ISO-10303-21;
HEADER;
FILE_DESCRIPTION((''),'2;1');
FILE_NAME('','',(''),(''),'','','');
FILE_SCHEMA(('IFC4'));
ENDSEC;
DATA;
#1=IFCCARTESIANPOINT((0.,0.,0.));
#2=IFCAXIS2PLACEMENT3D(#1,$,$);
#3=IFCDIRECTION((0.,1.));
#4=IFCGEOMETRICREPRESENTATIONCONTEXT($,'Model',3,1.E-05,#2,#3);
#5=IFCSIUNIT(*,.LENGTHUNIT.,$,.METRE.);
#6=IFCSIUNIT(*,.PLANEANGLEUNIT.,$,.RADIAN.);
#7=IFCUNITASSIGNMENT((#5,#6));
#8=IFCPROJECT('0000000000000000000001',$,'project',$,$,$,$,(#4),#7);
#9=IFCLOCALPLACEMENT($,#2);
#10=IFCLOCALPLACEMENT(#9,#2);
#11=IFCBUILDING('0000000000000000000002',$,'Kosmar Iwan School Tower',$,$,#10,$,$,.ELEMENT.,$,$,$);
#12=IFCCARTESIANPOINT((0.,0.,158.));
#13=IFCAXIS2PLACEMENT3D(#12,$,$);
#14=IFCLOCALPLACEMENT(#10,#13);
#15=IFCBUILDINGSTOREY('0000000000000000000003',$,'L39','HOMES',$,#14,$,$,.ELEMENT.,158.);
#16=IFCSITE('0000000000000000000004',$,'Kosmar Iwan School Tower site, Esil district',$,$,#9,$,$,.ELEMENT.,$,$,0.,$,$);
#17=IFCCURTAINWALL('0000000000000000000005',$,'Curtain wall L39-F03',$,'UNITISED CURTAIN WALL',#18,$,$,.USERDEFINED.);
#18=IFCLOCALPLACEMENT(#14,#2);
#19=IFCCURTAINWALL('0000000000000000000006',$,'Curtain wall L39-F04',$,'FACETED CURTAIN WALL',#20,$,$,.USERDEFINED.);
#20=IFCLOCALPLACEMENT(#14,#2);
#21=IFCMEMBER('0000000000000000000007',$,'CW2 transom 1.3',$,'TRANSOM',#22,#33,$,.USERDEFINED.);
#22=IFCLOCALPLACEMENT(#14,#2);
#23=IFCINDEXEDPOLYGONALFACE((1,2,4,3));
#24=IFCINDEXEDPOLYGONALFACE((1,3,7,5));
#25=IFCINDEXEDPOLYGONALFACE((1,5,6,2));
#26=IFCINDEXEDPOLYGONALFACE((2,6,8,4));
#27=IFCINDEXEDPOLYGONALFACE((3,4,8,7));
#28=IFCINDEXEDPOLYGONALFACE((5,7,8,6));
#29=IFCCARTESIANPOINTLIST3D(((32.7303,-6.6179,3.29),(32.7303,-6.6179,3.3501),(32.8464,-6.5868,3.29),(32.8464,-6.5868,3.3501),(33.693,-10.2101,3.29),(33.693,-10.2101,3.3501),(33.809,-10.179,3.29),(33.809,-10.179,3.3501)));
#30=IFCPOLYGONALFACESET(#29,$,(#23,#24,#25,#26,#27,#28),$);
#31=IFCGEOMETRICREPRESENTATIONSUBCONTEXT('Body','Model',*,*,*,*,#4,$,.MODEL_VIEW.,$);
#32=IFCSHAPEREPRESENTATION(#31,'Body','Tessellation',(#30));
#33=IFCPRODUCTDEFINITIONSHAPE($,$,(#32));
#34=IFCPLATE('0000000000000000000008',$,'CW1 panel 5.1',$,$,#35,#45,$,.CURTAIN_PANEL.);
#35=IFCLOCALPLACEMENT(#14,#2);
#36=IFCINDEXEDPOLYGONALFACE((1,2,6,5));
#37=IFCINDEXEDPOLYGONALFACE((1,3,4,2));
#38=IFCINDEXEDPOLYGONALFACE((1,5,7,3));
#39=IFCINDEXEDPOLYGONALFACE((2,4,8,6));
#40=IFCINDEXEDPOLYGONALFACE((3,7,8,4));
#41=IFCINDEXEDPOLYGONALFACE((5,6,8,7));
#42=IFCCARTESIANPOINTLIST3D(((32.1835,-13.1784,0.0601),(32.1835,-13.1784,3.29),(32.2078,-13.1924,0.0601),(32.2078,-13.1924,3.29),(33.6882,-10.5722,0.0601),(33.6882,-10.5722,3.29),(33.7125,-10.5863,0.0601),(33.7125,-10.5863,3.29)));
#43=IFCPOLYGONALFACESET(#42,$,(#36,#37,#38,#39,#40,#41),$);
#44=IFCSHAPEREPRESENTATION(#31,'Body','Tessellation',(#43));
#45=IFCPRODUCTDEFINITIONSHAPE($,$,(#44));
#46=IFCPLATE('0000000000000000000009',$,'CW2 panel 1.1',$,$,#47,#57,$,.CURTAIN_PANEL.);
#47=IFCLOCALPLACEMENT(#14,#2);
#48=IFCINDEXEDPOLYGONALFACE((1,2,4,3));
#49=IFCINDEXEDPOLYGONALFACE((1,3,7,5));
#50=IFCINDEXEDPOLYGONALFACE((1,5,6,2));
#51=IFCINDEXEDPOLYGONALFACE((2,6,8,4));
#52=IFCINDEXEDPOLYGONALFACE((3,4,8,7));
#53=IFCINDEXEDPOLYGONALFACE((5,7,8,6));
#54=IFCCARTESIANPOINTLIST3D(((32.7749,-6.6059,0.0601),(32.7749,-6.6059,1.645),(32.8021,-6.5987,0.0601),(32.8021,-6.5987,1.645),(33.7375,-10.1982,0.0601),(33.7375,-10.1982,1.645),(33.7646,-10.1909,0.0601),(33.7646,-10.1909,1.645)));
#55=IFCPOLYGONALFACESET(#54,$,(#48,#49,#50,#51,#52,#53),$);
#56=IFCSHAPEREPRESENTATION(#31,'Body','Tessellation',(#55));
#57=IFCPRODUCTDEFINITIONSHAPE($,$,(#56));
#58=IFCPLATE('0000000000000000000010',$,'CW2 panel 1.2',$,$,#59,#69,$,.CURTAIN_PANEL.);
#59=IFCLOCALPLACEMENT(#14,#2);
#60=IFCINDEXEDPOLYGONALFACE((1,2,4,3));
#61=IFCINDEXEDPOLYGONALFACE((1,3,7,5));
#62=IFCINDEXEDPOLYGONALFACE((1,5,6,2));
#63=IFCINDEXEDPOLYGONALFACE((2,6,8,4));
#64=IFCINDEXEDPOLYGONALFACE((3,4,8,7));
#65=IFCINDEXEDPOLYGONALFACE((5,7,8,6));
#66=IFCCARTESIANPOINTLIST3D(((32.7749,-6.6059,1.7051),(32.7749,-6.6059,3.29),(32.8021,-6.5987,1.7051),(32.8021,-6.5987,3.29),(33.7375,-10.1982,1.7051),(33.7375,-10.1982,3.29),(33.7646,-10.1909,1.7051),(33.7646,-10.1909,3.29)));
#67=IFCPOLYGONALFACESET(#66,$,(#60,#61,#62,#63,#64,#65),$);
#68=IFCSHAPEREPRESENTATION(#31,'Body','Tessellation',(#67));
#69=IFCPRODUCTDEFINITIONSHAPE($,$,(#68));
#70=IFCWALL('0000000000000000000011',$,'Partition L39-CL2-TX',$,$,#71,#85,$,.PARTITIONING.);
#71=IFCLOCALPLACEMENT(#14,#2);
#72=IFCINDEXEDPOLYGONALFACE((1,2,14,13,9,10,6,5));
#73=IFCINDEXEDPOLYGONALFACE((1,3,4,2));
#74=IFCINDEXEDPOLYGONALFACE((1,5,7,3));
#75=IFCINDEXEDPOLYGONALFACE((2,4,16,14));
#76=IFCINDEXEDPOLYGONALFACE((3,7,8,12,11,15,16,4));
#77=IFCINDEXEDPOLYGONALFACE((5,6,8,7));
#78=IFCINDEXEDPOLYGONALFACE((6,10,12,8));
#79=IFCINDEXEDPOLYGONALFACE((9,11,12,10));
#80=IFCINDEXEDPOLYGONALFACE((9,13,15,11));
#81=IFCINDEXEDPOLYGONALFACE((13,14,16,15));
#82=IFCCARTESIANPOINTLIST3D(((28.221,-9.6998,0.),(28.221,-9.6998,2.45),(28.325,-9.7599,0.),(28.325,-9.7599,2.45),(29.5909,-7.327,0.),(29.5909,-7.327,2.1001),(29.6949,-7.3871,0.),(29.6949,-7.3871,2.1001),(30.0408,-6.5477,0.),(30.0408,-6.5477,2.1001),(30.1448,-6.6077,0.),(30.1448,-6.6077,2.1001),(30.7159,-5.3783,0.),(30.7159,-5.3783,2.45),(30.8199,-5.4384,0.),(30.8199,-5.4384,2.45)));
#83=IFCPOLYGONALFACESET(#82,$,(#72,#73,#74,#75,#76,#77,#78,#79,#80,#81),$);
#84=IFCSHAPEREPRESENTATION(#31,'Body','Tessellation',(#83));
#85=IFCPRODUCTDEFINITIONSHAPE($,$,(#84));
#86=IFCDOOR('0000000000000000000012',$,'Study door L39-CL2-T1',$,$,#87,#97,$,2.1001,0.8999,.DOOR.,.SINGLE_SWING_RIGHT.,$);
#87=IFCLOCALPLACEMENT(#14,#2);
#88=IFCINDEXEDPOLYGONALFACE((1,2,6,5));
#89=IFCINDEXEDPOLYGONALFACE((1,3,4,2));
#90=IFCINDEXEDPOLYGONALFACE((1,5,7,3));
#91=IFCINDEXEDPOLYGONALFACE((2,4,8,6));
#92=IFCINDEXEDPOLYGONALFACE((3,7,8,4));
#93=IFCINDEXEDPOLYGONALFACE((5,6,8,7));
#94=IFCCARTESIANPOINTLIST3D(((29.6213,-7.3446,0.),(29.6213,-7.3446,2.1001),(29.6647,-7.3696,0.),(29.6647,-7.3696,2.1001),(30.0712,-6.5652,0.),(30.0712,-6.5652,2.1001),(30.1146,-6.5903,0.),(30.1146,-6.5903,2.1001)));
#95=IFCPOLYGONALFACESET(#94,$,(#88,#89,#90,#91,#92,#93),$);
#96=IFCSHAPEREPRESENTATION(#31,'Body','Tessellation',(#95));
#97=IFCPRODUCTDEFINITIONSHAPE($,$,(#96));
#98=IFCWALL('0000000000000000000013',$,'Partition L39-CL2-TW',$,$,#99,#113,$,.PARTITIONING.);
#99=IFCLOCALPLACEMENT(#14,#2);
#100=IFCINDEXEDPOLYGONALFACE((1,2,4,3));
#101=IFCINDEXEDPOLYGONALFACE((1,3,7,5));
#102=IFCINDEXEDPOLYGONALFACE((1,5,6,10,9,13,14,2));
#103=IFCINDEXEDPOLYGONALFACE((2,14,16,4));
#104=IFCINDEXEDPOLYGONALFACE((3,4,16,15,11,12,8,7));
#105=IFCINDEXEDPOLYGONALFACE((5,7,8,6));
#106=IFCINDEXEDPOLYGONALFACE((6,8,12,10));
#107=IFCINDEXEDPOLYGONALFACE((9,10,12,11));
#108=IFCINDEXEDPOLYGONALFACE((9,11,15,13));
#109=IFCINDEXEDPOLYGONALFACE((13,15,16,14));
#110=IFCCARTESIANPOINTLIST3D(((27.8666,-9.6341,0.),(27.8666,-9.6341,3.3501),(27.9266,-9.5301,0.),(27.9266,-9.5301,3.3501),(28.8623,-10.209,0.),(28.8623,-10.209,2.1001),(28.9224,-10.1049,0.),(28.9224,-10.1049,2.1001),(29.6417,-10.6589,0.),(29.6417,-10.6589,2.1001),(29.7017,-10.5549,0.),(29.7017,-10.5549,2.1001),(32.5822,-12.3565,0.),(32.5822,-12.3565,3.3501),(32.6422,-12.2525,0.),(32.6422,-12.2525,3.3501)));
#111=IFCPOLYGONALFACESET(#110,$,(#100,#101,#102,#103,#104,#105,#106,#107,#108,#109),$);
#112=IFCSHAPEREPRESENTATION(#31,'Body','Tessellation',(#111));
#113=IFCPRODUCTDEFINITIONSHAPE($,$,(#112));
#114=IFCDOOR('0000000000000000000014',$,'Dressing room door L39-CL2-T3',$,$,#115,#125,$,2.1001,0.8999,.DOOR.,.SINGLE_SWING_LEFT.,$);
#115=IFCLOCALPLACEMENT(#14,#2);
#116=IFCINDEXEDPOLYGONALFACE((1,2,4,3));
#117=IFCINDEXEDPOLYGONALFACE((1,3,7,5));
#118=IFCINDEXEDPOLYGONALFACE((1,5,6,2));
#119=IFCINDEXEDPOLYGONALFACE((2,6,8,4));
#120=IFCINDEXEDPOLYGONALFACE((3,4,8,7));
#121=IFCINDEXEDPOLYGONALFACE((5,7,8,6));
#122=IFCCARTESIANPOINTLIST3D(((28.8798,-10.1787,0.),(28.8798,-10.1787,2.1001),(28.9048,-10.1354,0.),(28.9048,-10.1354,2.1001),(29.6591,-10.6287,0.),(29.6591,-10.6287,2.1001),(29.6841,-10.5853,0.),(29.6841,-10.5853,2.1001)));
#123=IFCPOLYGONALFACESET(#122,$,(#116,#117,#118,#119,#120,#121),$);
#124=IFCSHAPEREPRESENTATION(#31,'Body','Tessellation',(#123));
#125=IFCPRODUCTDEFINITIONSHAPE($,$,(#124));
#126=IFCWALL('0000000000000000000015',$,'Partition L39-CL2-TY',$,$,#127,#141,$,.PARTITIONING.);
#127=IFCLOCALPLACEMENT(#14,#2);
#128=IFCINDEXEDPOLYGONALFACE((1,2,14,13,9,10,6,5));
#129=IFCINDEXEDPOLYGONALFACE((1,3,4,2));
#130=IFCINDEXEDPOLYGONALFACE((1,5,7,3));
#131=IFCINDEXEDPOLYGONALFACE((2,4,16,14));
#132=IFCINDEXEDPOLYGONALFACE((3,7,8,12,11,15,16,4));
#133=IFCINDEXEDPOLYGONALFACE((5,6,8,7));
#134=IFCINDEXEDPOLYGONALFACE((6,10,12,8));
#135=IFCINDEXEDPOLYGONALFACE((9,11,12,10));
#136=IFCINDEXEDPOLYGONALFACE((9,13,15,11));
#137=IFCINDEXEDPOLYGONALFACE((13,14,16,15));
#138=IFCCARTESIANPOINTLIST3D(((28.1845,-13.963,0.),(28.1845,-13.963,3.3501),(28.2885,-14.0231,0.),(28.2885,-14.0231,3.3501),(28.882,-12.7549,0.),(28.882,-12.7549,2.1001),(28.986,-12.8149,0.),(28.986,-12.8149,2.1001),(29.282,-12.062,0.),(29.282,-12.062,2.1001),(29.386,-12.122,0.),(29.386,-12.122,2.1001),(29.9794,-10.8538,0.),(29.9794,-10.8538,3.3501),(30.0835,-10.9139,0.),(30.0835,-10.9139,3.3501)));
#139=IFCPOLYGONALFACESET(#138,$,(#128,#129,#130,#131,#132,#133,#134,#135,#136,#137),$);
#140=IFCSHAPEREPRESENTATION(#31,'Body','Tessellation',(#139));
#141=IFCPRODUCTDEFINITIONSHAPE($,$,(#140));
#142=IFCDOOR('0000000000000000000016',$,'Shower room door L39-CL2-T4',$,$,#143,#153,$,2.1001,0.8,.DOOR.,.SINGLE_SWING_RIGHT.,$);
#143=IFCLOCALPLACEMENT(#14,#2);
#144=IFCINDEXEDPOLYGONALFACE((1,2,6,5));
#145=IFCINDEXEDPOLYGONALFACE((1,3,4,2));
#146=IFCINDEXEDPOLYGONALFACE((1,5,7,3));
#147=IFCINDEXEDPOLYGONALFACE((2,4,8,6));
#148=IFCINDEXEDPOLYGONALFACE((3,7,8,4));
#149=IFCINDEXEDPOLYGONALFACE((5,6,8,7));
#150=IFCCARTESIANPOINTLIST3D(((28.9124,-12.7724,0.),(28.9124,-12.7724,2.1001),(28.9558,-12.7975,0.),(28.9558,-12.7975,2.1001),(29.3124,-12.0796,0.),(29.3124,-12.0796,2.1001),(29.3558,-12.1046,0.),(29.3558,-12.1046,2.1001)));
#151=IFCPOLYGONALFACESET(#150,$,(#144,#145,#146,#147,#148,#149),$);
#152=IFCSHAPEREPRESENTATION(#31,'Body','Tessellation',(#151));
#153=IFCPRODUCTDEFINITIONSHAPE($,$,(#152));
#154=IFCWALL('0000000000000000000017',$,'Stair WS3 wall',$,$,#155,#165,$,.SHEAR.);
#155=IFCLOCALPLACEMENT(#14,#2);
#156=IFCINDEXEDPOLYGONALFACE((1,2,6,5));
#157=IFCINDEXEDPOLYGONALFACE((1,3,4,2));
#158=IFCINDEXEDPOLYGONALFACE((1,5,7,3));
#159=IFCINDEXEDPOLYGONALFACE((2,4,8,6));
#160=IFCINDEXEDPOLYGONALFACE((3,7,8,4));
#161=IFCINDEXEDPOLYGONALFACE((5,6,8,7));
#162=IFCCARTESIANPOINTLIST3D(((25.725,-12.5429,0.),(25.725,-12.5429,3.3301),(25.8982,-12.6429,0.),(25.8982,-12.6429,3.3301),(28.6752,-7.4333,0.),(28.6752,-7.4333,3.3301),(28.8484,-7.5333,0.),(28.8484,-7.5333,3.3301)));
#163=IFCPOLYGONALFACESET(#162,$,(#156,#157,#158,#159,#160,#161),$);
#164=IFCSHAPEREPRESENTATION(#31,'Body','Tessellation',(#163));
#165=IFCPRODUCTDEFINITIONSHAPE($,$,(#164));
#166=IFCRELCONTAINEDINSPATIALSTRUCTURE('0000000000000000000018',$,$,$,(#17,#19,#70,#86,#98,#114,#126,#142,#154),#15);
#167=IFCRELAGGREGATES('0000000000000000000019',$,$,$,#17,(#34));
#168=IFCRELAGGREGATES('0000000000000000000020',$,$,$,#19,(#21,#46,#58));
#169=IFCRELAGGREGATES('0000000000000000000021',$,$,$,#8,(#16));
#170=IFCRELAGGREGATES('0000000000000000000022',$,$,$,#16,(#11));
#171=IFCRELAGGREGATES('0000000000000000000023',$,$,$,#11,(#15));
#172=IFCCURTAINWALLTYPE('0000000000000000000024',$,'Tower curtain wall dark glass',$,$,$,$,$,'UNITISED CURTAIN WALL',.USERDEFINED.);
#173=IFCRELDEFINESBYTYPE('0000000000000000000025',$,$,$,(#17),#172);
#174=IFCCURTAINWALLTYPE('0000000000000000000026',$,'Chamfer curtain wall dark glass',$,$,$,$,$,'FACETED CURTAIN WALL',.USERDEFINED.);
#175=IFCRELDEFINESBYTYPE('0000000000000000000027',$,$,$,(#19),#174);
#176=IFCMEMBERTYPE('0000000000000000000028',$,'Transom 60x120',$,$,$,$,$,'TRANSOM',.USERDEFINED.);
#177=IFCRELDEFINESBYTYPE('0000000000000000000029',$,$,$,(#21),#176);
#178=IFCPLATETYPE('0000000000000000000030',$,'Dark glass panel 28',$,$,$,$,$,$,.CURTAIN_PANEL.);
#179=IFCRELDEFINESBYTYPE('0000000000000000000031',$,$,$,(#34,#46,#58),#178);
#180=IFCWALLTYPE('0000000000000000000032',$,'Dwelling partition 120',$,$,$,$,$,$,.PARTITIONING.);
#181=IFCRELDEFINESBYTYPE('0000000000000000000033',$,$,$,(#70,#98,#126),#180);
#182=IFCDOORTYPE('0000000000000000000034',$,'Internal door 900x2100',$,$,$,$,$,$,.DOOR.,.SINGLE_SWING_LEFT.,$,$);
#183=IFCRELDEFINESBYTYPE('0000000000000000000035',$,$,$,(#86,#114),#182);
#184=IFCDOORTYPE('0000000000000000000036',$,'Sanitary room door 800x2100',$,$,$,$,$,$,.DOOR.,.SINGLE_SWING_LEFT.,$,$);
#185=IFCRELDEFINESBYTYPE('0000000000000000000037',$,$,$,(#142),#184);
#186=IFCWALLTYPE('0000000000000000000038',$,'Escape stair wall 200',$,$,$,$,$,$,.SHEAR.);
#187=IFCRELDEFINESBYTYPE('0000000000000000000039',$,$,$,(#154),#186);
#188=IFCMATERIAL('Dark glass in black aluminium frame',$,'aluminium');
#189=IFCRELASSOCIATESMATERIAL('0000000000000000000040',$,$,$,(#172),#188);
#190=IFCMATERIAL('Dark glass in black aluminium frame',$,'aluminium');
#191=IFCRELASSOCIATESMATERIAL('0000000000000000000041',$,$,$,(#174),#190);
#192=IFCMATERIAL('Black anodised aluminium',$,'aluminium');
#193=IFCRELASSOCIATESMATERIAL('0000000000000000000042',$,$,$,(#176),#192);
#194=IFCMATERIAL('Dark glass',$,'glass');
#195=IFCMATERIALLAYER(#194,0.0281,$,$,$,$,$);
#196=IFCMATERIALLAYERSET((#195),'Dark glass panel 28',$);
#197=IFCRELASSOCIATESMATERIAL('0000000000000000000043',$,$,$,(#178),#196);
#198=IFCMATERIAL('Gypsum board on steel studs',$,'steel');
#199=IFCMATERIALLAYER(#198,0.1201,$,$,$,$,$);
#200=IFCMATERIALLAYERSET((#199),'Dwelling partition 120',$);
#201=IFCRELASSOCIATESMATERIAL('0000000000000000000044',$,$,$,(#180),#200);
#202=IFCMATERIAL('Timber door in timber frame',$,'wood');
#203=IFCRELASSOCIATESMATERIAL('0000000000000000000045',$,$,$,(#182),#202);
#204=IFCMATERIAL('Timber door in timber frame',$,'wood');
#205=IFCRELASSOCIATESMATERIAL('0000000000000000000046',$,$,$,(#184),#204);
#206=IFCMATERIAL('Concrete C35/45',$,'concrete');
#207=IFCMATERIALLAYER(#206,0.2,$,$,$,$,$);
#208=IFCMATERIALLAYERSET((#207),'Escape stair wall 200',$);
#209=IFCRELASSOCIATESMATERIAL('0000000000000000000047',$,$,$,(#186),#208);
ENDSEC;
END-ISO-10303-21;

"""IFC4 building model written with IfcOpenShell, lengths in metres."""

from ifc_helpers import new_model, si_unit, direction, frame, frame_2d, origin, origin_2d, place, context, subcontext, project, spatial, rectangle, extrude, material, layer, layer_set, material_profile, profile_set, type_object, element, fill, aggregate, save


model = new_model("IFC4")

# Units and contexts
model_context = context("Model", 3, precision=1e-05, world=origin(), true_north=direction((0.0, 1.0)))
body_context = subcontext(model_context, "Body", "Model", "MODEL_VIEW")
ifc_project = project(units=[si_unit("LENGTHUNIT", "METRE"), si_unit("PLANEANGLEUNIT", "RADIAN")], contexts=[model_context])

# Site, building, storey
site_placement = place(None, origin())
site = spatial("IfcSite", under=ifc_project, at=site_placement, Name="Kosmar Iwan School Tower site, Esil district", CompositionType="ELEMENT", RefElevation=0.0)
building_placement = place(site_placement, origin())
building = spatial("IfcBuilding", under=site, at=building_placement, Name="Kosmar Iwan School Tower", CompositionType="ELEMENT")
storey_placement = place(building_placement, frame((0.0, 0.0, 158.0)))
storey = spatial("IfcBuildingStorey", under=building, at=storey_placement, Name="L39", Description="HOMES", CompositionType="ELEMENT", Elevation=158.0)

# Curtain walls
ifc_material_1 = material(Name="Dark glass in black aluminium frame", Category="aluminium")
curtain_wall_type_1 = type_object("IfcCurtainWallType", Name="Tower curtain wall dark glass", ElementType="UNITISED CURTAIN WALL", PredefinedType="USERDEFINED", material=ifc_material_1)
curtain_wall_1_placement = place(storey_placement, origin())
curtain_wall_1 = element("IfcCurtainWall", 1, at=curtain_wall_1_placement, inside=storey, type_object=curtain_wall_type_1, Name="Curtain wall L39-F03", ObjectType="UNITISED CURTAIN WALL", PredefinedType="USERDEFINED")
ifc_material_2 = material(Name="Dark glass in black aluminium frame", Category="aluminium")
curtain_wall_type_2 = type_object("IfcCurtainWallType", Name="Chamfer curtain wall dark glass", ElementType="FACETED CURTAIN WALL", PredefinedType="USERDEFINED", material=ifc_material_2)
curtain_wall_2_placement = place(storey_placement, origin())
curtain_wall_2 = element("IfcCurtainWall", 2, at=curtain_wall_2_placement, inside=storey, type_object=curtain_wall_type_2, Name="Curtain wall L39-F04", ObjectType="FACETED CURTAIN WALL", PredefinedType="USERDEFINED")

# Member
ifc_material_3 = material(Name="Black anodised aluminium", Category="aluminium")
ifc_material_profile_1 = material_profile(ifc_material_3, rectangle(XDim=0.1201, YDim=0.0601, at=origin_2d()), Name="TRANSOM 60x120")
ifc_profile_set_1 = profile_set([ifc_material_profile_1], Name="Black anodised aluminium")
member_type_1 = type_object("IfcMemberType", Name="Transom 60x120", ElementType="TRANSOM", PredefinedType="USERDEFINED", material=ifc_profile_set_1)
member_1_placement = place(storey_placement, frame((33.751, -10.1946, 3.3201), z_axis=(-0.258843, 0.965919, 0.0), x_axis=(-0.965919, -0.258843, 0.0)))
member_1 = element("IfcMember", 3, at=member_1_placement, type_object=member_type_1, Name="CW2 transom 1.3", ObjectType="TRANSOM", PredefinedType="USERDEFINED", context=body_context, shape_type="SweptSolid", body=[
    extrude(rectangle(XDim=0.1201, YDim=0.0601, at=origin_2d()), origin(), (0.0, 0.0, 1.0), 3.719),
])

# Plates
ifc_material_4 = material(Name="Dark glass", Category="glass")
ifc_layer_1 = layer(ifc_material_4, 0.0281)
ifc_layer_set_1 = layer_set([ifc_layer_1], Name="Dark glass panel 28")
plate_type = type_object("IfcPlateType", Name="Dark glass panel 28", PredefinedType="CURTAIN_PANEL", material=ifc_layer_set_1)
plate_1_placement = place(storey_placement, frame((32.948, -11.8823, 0.0601), z_axis=(0.0, 0.0, 1.0), x_axis=(0.5, 0.866025, 0.0)))
plate_1 = element("IfcPlate", 4, at=plate_1_placement, type_object=plate_type, Name="CW1 panel 5.1", PredefinedType="CURTAIN_PANEL", context=body_context, shape_type="SweptSolid", body=[
    extrude(rectangle(XDim=3.0093, YDim=0.0281, at=origin_2d()), origin(), (0.0, 0.0, 1.0), 3.23),
])
aggregate(curtain_wall_1, [plate_1])
plate_2_placement = place(storey_placement, frame((33.2698, -8.3984, 0.0601), z_axis=(0.0, 0.0, 1.0), x_axis=(-0.258819, 0.965926, 0.0)))
plate_2 = element("IfcPlate", 5, at=plate_2_placement, type_object=plate_type, Name="CW2 panel 1.1", PredefinedType="CURTAIN_PANEL", context=body_context, shape_type="SweptSolid", body=[
    extrude(rectangle(XDim=3.719, YDim=0.0281, at=origin_2d()), origin(), (0.0, 0.0, 1.0), 1.585),
])
plate_3_placement = place(storey_placement, frame((33.2698, -8.3984, 1.7051), z_axis=(0.0, 0.0, 1.0), x_axis=(-0.258819, 0.965926, 0.0)))
plate_3 = element("IfcPlate", 6, at=plate_3_placement, type_object=plate_type, Name="CW2 panel 1.2", PredefinedType="CURTAIN_PANEL", context=body_context, shape_type="SweptSolid", body=[
    extrude(rectangle(XDim=3.719, YDim=0.0281, at=origin_2d()), origin(), (0.0, 0.0, 1.0), 1.585),
])
aggregate(curtain_wall_2, [member_1, plate_2, plate_3])

# Walls, openings, doors
ifc_material_5 = material(Name="Gypsum board on steel studs", Category="steel")
ifc_layer_2 = layer(ifc_material_5, 0.1201)
ifc_layer_set_2 = layer_set([ifc_layer_2], Name="Dwelling partition 120")
wall_type_1 = type_object("IfcWallType", Name="Dwelling partition 120", PredefinedType="PARTITIONING", material=ifc_layer_set_2)
wall_1_placement = place(storey_placement, frame((28.2729, -9.73, 0.0), z_axis=(0.0, 0.0, 1.0), x_axis=(0.499975, 0.86604, 0.0)))
wall_1 = element("IfcWall", 7, at=wall_1_placement, inside=storey, type_object=wall_type_1, Name="Partition L39-CL2-TX", PredefinedType="PARTITIONING", context=body_context, shape_type="SweptSolid", body=[
    extrude(rectangle(XDim=4.99, YDim=0.1201, at=frame_2d((2.4951, 0.0))), origin(), (0.0, 0.0, 1.0), 2.45),
])
opening_1_placement = place(wall_1_placement, frame((2.74, 0.0, 0.0)))
opening_1 = element("IfcOpeningElement", 8, at=opening_1_placement, cuts=wall_1, PredefinedType="OPENING", context=body_context, shape_type="SweptSolid", body=[
    extrude(rectangle(XDim=0.8999, YDim=2.1001, at=frame_2d((0.45, 1.05))), frame((0.0, 0.072, 0.0), z_axis=(0.0, -1.0, 0.0), x_axis=(1.0, 0.0, 0.0)), (0.0, 0.0, 1.0), 0.144),
])
ifc_material_6 = material(Name="Timber door in timber frame", Category="wood")
door_type_1 = type_object("IfcDoorType", Name="Internal door 900x2100", OperationType="SINGLE_SWING_LEFT", PredefinedType="DOOR", material=ifc_material_6)
door_1_placement = place(opening_1_placement, origin())
door_1 = element("IfcDoor", 9, at=door_1_placement, inside=storey, type_object=door_type_1, Name="Study door L39-CL2-T1", OperationType="SINGLE_SWING_RIGHT", OverallHeight=2.1001, OverallWidth=0.8999, PredefinedType="DOOR", context=body_context, shape_type="SweptSolid", body=[
    extrude(rectangle(XDim=0.8999, YDim=2.1001, at=frame_2d((0.45, 1.05))), frame((0.0, 0.0249, 0.0), z_axis=(0.0, -1.0, 0.0), x_axis=(1.0, 0.0, 0.0)), (0.0, 0.0, 1.0), 0.05),
])
fill(opening_1, door_1)
wall_2_placement = place(storey_placement, frame((27.8965, -9.582, 0.0), z_axis=(0.0, 0.0, 1.0), x_axis=(0.866036, -0.499982, 0.0)))
wall_2 = element("IfcWall", 10, at=wall_2_placement, inside=storey, type_object=wall_type_1, Name="Partition L39-CL2-TW", PredefinedType="PARTITIONING", context=body_context, shape_type="SweptSolid", body=[
    extrude(rectangle(XDim=5.4451, YDim=0.1201, at=frame_2d((2.7227, 0.0))), origin(), (0.0, 0.0, 1.0), 3.3501),
])
opening_2_placement = place(wall_2_placement, frame((1.1499, 0.0, 0.0)))
opening_2 = element("IfcOpeningElement", 11, at=opening_2_placement, cuts=wall_2, PredefinedType="OPENING", context=body_context, shape_type="SweptSolid", body=[
    extrude(rectangle(XDim=0.8999, YDim=2.1001, at=frame_2d((0.45, 1.05))), frame((0.0, 0.072, 0.0), z_axis=(0.0, -1.0, 0.0), x_axis=(1.0, 0.0, 0.0)), (0.0, 0.0, 1.0), 0.144),
])
door_2_placement = place(opening_2_placement, origin())
door_2 = element("IfcDoor", 12, at=door_2_placement, inside=storey, type_object=door_type_1, Name="Dressing room door L39-CL2-T3", OperationType="SINGLE_SWING_LEFT", OverallHeight=2.1001, OverallWidth=0.8999, PredefinedType="DOOR", context=body_context, shape_type="SweptSolid", body=[
    extrude(rectangle(XDim=0.8999, YDim=2.1001, at=frame_2d((0.45, 1.05))), frame((0.0, 0.0249, 0.0), z_axis=(0.0, -1.0, 0.0), x_axis=(1.0, 0.0, 0.0)), (0.0, 0.0, 1.0), 0.05),
])
fill(opening_2, door_2)
wall_3_placement = place(storey_placement, frame((28.2366, -13.9929, 0.0), z_axis=(0.0, 0.0, 1.0), x_axis=(0.499972, 0.866042, 0.0)))
wall_3 = element("IfcWall", 13, at=wall_3_placement, inside=storey, type_object=wall_type_1, Name="Partition L39-CL2-TY", PredefinedType="PARTITIONING", context=body_context, shape_type="SweptSolid", body=[
    extrude(rectangle(XDim=3.5901, YDim=0.1201, at=frame_2d((1.7949, 0.0))), origin(), (0.0, 0.0, 1.0), 3.3501),
])
opening_3_placement = place(wall_3_placement, frame((1.395, 0.0, 0.0)))
opening_3 = element("IfcOpeningElement", 14, at=opening_3_placement, cuts=wall_3, PredefinedType="OPENING", context=body_context, shape_type="SweptSolid", body=[
    extrude(rectangle(XDim=0.8, YDim=2.1001, at=frame_2d((0.3999, 1.05))), frame((0.0, 0.072, 0.0), z_axis=(0.0, -1.0, 0.0), x_axis=(1.0, 0.0, 0.0)), (0.0, 0.0, 1.0), 0.144),
])
ifc_material_7 = material(Name="Timber door in timber frame", Category="wood")
door_type_2 = type_object("IfcDoorType", Name="Sanitary room door 800x2100", OperationType="SINGLE_SWING_LEFT", PredefinedType="DOOR", material=ifc_material_7)
door_3_placement = place(opening_3_placement, origin())
door_3 = element("IfcDoor", 15, at=door_3_placement, inside=storey, type_object=door_type_2, Name="Shower room door L39-CL2-T4", OperationType="SINGLE_SWING_RIGHT", OverallHeight=2.1001, OverallWidth=0.8, PredefinedType="DOOR", context=body_context, shape_type="SweptSolid", body=[
    extrude(rectangle(XDim=0.8, YDim=2.1001, at=frame_2d((0.3999, 1.05))), frame((0.0, 0.0249, 0.0), z_axis=(0.0, -1.0, 0.0), x_axis=(1.0, 0.0, 0.0)), (0.0, 0.0, 1.0), 0.05),
])
fill(opening_3, door_3)

# Wall
ifc_material_8 = material(Name="Concrete C35/45", Category="concrete")
ifc_layer_3 = layer(ifc_material_8, 0.2)
ifc_layer_set_3 = layer_set([ifc_layer_3], Name="Escape stair wall 200")
wall_type_2 = type_object("IfcWallType", Name="Escape stair wall 200", PredefinedType="SHEAR", material=ifc_layer_set_3)
wall_4_placement = place(storey_placement, frame((25.8115, -12.593, 0.0), z_axis=(0.0, 0.0, 1.0), x_axis=(0.50002, 0.866014, 0.0)))
element("IfcWall", 16, at=wall_4_placement, inside=storey, type_object=wall_type_2, Name="Stair WS3 wall", PredefinedType="SHEAR", context=body_context, shape_type="SweptSolid", body=[
    extrude(rectangle(XDim=5.9001, YDim=0.2, at=frame_2d((2.9502, 0.0))), origin(), (0.0, 0.0, 1.0), 3.3301),
])

save(model, "model.ifc")
